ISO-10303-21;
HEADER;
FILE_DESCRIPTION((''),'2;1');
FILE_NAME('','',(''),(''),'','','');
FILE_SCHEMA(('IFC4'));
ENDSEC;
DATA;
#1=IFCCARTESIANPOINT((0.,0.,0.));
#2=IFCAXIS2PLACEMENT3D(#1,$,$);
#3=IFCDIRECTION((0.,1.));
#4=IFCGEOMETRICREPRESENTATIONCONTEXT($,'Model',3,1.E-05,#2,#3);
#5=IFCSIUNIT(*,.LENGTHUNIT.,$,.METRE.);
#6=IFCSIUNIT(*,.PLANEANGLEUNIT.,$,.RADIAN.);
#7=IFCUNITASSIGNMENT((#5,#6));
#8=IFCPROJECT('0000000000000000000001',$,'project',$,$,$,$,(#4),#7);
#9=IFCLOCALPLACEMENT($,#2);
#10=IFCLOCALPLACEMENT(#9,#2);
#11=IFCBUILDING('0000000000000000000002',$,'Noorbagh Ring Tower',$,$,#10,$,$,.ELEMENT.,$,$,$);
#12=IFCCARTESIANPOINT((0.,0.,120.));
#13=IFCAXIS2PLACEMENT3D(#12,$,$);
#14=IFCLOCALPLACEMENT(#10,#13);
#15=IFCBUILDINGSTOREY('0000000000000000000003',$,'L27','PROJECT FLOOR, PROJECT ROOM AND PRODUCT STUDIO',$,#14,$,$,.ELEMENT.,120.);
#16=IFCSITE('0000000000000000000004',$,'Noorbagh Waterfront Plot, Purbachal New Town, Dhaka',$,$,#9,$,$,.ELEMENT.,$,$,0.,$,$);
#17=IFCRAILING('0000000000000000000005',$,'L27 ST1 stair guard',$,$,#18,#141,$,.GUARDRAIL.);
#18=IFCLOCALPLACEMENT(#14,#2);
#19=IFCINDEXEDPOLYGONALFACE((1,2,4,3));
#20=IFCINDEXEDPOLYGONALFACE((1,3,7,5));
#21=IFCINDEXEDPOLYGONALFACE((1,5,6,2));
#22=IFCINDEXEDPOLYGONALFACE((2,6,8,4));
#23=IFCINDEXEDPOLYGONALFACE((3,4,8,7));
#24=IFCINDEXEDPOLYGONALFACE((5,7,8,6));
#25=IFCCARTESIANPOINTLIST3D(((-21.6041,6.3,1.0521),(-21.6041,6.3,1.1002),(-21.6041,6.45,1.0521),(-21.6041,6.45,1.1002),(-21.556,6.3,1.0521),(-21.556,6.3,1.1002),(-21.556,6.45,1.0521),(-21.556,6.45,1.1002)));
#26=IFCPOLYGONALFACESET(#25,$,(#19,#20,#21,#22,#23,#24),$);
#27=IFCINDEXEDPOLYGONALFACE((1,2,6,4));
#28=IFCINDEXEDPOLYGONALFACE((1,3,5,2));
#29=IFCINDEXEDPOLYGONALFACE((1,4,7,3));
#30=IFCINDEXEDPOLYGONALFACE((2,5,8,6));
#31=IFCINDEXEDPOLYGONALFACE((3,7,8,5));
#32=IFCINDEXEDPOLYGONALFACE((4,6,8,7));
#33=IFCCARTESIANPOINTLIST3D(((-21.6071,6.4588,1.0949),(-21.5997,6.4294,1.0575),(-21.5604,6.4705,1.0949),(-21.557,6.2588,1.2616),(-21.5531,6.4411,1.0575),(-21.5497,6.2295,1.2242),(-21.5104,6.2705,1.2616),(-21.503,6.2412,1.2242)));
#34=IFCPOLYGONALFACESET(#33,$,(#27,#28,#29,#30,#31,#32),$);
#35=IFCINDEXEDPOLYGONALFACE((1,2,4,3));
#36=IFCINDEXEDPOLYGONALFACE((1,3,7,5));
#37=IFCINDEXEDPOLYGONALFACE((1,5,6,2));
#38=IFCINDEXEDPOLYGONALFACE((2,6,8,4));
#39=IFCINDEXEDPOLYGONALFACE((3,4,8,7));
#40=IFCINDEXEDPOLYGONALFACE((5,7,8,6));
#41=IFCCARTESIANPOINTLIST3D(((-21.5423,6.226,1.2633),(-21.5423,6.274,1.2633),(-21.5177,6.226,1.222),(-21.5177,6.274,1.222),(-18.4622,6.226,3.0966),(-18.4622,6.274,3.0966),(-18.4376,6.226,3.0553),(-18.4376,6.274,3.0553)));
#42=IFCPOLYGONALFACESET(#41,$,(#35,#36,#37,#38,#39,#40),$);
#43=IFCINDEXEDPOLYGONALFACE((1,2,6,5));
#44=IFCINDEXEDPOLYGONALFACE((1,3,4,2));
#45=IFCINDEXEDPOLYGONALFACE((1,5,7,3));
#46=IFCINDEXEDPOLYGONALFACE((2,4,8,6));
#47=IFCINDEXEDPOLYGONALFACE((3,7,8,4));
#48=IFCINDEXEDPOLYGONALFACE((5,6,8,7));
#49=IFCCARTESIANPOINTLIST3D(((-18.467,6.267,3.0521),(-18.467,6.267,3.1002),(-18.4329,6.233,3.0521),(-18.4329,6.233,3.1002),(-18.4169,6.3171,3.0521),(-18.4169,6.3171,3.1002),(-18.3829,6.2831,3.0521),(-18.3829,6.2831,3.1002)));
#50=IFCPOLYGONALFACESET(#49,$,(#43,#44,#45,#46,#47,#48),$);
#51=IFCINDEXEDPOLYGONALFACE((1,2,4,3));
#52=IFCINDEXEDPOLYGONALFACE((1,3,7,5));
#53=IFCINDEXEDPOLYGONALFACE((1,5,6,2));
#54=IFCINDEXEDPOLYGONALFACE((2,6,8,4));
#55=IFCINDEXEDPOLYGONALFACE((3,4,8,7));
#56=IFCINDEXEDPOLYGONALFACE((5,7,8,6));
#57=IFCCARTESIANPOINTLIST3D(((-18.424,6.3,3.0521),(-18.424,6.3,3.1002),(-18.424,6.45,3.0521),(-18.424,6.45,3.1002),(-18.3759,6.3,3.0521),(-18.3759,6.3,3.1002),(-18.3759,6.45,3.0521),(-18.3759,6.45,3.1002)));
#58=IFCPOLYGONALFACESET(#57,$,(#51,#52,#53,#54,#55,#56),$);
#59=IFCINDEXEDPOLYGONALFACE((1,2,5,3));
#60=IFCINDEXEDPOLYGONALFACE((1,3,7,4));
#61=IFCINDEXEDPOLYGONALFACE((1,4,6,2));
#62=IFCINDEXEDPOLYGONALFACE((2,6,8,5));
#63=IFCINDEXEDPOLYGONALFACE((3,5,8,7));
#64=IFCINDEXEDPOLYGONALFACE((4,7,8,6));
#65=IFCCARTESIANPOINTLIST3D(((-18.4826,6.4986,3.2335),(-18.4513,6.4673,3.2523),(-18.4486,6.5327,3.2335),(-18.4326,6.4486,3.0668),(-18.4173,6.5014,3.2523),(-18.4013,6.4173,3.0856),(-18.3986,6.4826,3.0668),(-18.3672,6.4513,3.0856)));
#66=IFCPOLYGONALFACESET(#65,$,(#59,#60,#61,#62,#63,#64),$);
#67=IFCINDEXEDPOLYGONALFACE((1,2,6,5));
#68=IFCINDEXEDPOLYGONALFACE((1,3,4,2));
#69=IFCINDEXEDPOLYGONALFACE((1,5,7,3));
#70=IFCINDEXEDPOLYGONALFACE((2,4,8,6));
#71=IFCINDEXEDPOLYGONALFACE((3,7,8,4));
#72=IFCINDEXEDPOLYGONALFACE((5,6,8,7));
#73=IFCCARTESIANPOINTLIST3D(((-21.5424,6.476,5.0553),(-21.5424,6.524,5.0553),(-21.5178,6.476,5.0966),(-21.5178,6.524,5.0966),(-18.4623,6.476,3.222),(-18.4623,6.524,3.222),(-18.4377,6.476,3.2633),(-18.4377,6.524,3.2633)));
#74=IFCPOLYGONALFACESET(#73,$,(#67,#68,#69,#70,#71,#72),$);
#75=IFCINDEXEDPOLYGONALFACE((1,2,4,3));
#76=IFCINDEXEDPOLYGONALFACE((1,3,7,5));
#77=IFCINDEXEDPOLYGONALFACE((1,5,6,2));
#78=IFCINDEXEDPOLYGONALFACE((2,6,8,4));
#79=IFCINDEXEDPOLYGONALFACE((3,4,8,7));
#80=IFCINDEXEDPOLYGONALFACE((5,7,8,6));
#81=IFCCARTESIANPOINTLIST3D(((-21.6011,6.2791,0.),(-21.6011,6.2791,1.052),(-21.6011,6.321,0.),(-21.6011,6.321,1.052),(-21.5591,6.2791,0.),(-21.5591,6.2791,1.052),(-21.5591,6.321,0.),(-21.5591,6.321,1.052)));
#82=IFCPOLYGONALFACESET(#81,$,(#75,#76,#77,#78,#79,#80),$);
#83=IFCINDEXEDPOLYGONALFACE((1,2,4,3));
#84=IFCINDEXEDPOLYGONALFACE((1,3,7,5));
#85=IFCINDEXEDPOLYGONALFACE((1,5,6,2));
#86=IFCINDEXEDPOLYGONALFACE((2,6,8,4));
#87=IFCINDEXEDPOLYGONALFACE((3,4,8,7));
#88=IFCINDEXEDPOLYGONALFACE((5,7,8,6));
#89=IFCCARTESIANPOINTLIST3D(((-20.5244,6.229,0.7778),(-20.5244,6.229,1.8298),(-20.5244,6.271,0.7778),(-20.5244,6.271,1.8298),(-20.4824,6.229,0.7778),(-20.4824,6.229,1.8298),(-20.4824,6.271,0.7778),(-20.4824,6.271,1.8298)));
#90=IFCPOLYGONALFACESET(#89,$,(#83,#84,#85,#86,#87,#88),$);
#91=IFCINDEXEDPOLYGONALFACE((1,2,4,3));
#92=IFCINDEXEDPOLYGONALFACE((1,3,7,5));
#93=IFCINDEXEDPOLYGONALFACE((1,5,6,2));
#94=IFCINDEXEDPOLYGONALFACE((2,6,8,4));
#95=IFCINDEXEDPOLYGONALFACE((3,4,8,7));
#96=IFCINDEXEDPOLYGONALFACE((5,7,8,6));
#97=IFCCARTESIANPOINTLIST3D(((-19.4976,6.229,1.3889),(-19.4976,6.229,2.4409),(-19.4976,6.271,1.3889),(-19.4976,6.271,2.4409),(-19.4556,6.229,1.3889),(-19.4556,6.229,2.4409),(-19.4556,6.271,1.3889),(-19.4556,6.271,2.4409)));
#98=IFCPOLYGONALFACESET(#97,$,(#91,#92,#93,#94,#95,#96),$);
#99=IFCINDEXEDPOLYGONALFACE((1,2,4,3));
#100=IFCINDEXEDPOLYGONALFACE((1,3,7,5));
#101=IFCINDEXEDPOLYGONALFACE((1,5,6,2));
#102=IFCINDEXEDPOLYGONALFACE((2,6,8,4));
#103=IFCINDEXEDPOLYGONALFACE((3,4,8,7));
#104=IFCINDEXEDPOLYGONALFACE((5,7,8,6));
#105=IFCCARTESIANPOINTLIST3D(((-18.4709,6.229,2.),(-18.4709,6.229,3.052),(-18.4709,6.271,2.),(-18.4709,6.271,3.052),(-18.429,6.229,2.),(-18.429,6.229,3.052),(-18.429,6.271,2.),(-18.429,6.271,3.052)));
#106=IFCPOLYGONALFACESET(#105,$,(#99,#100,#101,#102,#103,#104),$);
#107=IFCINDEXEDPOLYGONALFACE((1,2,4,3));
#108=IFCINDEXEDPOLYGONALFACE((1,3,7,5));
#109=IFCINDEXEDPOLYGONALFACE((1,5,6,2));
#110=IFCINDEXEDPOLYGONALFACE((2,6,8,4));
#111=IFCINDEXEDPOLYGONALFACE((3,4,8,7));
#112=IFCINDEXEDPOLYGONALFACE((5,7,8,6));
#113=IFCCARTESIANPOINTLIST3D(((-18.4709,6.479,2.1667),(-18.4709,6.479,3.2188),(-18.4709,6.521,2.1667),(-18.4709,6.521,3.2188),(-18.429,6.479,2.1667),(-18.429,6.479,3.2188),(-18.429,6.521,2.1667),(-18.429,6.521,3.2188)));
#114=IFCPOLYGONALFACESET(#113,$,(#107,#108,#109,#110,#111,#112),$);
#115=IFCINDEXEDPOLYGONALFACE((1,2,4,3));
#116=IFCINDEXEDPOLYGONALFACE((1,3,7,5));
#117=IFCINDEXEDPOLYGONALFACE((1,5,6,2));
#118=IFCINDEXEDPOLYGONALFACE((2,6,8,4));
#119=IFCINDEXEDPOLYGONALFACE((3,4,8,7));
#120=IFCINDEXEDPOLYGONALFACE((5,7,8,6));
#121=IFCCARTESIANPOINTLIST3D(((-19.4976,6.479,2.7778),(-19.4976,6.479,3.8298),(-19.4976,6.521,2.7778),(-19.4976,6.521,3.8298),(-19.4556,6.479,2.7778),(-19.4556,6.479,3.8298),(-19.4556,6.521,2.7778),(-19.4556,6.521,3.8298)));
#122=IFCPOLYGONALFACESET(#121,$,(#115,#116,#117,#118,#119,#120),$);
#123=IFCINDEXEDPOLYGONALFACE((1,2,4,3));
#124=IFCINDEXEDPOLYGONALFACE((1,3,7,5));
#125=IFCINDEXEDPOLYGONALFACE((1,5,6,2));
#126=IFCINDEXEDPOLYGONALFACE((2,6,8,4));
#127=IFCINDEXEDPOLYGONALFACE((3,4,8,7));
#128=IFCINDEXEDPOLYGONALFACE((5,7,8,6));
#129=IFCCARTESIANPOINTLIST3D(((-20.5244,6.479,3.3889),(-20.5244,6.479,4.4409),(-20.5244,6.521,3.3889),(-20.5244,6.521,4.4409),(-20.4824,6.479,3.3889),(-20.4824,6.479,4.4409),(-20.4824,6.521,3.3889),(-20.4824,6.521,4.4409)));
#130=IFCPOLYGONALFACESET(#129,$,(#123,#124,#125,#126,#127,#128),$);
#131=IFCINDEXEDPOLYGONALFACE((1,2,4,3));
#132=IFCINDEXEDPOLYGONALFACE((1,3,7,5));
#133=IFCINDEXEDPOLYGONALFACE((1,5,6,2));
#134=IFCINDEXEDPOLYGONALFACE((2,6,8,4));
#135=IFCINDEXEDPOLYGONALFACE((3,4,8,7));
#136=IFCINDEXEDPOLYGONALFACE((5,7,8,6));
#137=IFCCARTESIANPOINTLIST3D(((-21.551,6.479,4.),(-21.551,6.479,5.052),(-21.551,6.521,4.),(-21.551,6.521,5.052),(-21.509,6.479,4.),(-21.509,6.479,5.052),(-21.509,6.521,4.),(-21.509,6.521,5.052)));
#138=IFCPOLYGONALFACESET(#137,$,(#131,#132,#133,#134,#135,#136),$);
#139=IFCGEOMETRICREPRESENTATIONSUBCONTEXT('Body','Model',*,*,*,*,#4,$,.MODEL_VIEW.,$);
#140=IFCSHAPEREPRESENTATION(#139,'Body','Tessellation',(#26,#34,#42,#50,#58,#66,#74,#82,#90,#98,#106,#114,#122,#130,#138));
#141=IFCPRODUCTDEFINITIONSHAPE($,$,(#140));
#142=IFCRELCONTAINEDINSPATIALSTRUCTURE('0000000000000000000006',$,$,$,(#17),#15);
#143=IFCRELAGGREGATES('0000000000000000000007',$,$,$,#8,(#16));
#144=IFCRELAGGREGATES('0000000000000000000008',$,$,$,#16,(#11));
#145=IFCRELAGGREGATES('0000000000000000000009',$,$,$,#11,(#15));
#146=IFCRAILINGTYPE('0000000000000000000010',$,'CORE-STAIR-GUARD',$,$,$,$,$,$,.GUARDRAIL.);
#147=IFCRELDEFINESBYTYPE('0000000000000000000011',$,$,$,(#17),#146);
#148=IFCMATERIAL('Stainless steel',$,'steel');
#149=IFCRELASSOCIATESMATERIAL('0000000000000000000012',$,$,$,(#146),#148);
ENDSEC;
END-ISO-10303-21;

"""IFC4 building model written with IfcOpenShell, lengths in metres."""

from ifc_helpers import new_model, si_unit, direction, frame, origin, origin_2d, place, context, subcontext, project, spatial, rectangle, extrude, material, type_object, element, save


model = new_model("IFC4")

# Units and contexts
model_context = context("Model", 3, precision=1e-05, world=origin(), true_north=direction((0.0, 1.0)))
body_context = subcontext(model_context, "Body", "Model", "MODEL_VIEW")
ifc_project = project(units=[si_unit("LENGTHUNIT", "METRE"), si_unit("PLANEANGLEUNIT", "RADIAN")], contexts=[model_context])

# Site, building, storey
site_placement = place(None, origin())
site = spatial("IfcSite", under=ifc_project, at=site_placement, Name="Noorbagh Waterfront Plot, Purbachal New Town, Dhaka", CompositionType="ELEMENT", RefElevation=0.0)
building_placement = place(site_placement, origin())
building = spatial("IfcBuilding", under=site, at=building_placement, Name="Noorbagh Ring Tower", CompositionType="ELEMENT")
storey_placement = place(building_placement, frame((0.0, 0.0, 120.0)))
storey = spatial("IfcBuildingStorey", under=building, at=storey_placement, Name="L27", Description="PROJECT FLOOR, PROJECT ROOM AND PRODUCT STUDIO", CompositionType="ELEMENT", Elevation=120.0)

# Railing
ifc_material_1 = material(Name="Stainless steel", Category="steel")
railing_type_1 = type_object("IfcRailingType", Name="CORE-STAIR-GUARD", PredefinedType="GUARDRAIL", material=ifc_material_1)
railing_1_placement = place(storey_placement, frame((-21.5801, 6.3, 0.0)))
element("IfcRailing", 1, at=railing_1_placement, inside=storey, type_object=railing_type_1, Name="L27 ST1 stair guard", PredefinedType="GUARDRAIL", context=body_context, shape_type="SweptSolid", body=[
    extrude(rectangle(XDim=0.0481, YDim=0.0481, at=origin_2d()), frame((0.0, 0.0, 1.0762), z_axis=(0.0, 1.0, 0.0), x_axis=(-1.0, 0.0, 0.0)), (0.0, 0.0, 1.0), 0.1499),
    extrude(rectangle(XDim=0.0481, YDim=0.0481, at=origin_2d()), frame((0.0, 0.1499, 1.0762), z_axis=(0.188776, -0.754182, 0.628946), x_axis=(0.970073, 0.242814, 0.0)), (0.0, 0.0, 1.0), 0.2651),
    extrude(rectangle(XDim=0.0481, YDim=0.0481, at=origin_2d()), frame((0.05, -0.05, 1.2427), z_axis=(0.859309, 0.0, 0.511458), x_axis=(0.0, 1.0, 0.0)), (0.0, 0.0, 1.0), 3.5845),
    extrude(rectangle(XDim=0.0481, YDim=0.0481, at=origin_2d()), frame((3.1301, -0.05, 3.0762), z_axis=(0.707107, 0.707107, 0.0), x_axis=(-0.707107, 0.707107, 0.0)), (0.0, 0.0, 1.0), 0.0708),
    extrude(rectangle(XDim=0.0481, YDim=0.0481, at=origin_2d()), frame((3.1802, 0.0, 3.0762), z_axis=(0.0, 1.0, 0.0), x_axis=(-1.0, 0.0, 0.0)), (0.0, 0.0, 1.0), 0.1499),
    extrude(rectangle(XDim=0.0481, YDim=0.0481, at=origin_2d()), frame((3.1802, 0.1499, 3.0762), z_axis=(-0.276287, 0.276287, 0.920506), x_axis=(-0.707107, -0.707107, 0.0)), (0.0, 0.0, 1.0), 0.1812),
    extrude(rectangle(XDim=0.0481, YDim=0.0481, at=origin_2d()), frame((3.1301, 0.2, 3.2427), z_axis=(-0.859309, 0.0, 0.511458), x_axis=(0.0, -1.0, 0.0)), (0.0, 0.0, 1.0), 3.5845),
    extrude(rectangle(XDim=0.042, YDim=0.042, at=origin_2d()), origin(), (0.0, 0.0, 1.0), 1.052),
    extrude(rectangle(XDim=0.042, YDim=0.042, at=origin_2d()), frame((1.0767, -0.05, 0.7778)), (0.0, 0.0, 1.0), 1.052),
    extrude(rectangle(XDim=0.042, YDim=0.042, at=origin_2d()), frame((2.1035, -0.05, 1.3889)), (0.0, 0.0, 1.0), 1.052),
    extrude(rectangle(XDim=0.042, YDim=0.042, at=origin_2d()), frame((3.1301, -0.05, 2.0)), (0.0, 0.0, 1.0), 1.052),
    extrude(rectangle(XDim=0.042, YDim=0.042, at=origin_2d()), frame((3.1301, 0.2, 2.1667)), (0.0, 0.0, 1.0), 1.052),
    extrude(rectangle(XDim=0.042, YDim=0.042, at=origin_2d()), frame((2.1035, 0.2, 2.7778)), (0.0, 0.0, 1.0), 1.052),
    extrude(rectangle(XDim=0.042, YDim=0.042, at=origin_2d()), frame((1.0767, 0.2, 3.3889)), (0.0, 0.0, 1.0), 1.052),
    extrude(rectangle(XDim=0.042, YDim=0.042, at=origin_2d()), frame((0.05, 0.2, 4.0)), (0.0, 0.0, 1.0), 1.052),
])

save(model, "model.ifc")
